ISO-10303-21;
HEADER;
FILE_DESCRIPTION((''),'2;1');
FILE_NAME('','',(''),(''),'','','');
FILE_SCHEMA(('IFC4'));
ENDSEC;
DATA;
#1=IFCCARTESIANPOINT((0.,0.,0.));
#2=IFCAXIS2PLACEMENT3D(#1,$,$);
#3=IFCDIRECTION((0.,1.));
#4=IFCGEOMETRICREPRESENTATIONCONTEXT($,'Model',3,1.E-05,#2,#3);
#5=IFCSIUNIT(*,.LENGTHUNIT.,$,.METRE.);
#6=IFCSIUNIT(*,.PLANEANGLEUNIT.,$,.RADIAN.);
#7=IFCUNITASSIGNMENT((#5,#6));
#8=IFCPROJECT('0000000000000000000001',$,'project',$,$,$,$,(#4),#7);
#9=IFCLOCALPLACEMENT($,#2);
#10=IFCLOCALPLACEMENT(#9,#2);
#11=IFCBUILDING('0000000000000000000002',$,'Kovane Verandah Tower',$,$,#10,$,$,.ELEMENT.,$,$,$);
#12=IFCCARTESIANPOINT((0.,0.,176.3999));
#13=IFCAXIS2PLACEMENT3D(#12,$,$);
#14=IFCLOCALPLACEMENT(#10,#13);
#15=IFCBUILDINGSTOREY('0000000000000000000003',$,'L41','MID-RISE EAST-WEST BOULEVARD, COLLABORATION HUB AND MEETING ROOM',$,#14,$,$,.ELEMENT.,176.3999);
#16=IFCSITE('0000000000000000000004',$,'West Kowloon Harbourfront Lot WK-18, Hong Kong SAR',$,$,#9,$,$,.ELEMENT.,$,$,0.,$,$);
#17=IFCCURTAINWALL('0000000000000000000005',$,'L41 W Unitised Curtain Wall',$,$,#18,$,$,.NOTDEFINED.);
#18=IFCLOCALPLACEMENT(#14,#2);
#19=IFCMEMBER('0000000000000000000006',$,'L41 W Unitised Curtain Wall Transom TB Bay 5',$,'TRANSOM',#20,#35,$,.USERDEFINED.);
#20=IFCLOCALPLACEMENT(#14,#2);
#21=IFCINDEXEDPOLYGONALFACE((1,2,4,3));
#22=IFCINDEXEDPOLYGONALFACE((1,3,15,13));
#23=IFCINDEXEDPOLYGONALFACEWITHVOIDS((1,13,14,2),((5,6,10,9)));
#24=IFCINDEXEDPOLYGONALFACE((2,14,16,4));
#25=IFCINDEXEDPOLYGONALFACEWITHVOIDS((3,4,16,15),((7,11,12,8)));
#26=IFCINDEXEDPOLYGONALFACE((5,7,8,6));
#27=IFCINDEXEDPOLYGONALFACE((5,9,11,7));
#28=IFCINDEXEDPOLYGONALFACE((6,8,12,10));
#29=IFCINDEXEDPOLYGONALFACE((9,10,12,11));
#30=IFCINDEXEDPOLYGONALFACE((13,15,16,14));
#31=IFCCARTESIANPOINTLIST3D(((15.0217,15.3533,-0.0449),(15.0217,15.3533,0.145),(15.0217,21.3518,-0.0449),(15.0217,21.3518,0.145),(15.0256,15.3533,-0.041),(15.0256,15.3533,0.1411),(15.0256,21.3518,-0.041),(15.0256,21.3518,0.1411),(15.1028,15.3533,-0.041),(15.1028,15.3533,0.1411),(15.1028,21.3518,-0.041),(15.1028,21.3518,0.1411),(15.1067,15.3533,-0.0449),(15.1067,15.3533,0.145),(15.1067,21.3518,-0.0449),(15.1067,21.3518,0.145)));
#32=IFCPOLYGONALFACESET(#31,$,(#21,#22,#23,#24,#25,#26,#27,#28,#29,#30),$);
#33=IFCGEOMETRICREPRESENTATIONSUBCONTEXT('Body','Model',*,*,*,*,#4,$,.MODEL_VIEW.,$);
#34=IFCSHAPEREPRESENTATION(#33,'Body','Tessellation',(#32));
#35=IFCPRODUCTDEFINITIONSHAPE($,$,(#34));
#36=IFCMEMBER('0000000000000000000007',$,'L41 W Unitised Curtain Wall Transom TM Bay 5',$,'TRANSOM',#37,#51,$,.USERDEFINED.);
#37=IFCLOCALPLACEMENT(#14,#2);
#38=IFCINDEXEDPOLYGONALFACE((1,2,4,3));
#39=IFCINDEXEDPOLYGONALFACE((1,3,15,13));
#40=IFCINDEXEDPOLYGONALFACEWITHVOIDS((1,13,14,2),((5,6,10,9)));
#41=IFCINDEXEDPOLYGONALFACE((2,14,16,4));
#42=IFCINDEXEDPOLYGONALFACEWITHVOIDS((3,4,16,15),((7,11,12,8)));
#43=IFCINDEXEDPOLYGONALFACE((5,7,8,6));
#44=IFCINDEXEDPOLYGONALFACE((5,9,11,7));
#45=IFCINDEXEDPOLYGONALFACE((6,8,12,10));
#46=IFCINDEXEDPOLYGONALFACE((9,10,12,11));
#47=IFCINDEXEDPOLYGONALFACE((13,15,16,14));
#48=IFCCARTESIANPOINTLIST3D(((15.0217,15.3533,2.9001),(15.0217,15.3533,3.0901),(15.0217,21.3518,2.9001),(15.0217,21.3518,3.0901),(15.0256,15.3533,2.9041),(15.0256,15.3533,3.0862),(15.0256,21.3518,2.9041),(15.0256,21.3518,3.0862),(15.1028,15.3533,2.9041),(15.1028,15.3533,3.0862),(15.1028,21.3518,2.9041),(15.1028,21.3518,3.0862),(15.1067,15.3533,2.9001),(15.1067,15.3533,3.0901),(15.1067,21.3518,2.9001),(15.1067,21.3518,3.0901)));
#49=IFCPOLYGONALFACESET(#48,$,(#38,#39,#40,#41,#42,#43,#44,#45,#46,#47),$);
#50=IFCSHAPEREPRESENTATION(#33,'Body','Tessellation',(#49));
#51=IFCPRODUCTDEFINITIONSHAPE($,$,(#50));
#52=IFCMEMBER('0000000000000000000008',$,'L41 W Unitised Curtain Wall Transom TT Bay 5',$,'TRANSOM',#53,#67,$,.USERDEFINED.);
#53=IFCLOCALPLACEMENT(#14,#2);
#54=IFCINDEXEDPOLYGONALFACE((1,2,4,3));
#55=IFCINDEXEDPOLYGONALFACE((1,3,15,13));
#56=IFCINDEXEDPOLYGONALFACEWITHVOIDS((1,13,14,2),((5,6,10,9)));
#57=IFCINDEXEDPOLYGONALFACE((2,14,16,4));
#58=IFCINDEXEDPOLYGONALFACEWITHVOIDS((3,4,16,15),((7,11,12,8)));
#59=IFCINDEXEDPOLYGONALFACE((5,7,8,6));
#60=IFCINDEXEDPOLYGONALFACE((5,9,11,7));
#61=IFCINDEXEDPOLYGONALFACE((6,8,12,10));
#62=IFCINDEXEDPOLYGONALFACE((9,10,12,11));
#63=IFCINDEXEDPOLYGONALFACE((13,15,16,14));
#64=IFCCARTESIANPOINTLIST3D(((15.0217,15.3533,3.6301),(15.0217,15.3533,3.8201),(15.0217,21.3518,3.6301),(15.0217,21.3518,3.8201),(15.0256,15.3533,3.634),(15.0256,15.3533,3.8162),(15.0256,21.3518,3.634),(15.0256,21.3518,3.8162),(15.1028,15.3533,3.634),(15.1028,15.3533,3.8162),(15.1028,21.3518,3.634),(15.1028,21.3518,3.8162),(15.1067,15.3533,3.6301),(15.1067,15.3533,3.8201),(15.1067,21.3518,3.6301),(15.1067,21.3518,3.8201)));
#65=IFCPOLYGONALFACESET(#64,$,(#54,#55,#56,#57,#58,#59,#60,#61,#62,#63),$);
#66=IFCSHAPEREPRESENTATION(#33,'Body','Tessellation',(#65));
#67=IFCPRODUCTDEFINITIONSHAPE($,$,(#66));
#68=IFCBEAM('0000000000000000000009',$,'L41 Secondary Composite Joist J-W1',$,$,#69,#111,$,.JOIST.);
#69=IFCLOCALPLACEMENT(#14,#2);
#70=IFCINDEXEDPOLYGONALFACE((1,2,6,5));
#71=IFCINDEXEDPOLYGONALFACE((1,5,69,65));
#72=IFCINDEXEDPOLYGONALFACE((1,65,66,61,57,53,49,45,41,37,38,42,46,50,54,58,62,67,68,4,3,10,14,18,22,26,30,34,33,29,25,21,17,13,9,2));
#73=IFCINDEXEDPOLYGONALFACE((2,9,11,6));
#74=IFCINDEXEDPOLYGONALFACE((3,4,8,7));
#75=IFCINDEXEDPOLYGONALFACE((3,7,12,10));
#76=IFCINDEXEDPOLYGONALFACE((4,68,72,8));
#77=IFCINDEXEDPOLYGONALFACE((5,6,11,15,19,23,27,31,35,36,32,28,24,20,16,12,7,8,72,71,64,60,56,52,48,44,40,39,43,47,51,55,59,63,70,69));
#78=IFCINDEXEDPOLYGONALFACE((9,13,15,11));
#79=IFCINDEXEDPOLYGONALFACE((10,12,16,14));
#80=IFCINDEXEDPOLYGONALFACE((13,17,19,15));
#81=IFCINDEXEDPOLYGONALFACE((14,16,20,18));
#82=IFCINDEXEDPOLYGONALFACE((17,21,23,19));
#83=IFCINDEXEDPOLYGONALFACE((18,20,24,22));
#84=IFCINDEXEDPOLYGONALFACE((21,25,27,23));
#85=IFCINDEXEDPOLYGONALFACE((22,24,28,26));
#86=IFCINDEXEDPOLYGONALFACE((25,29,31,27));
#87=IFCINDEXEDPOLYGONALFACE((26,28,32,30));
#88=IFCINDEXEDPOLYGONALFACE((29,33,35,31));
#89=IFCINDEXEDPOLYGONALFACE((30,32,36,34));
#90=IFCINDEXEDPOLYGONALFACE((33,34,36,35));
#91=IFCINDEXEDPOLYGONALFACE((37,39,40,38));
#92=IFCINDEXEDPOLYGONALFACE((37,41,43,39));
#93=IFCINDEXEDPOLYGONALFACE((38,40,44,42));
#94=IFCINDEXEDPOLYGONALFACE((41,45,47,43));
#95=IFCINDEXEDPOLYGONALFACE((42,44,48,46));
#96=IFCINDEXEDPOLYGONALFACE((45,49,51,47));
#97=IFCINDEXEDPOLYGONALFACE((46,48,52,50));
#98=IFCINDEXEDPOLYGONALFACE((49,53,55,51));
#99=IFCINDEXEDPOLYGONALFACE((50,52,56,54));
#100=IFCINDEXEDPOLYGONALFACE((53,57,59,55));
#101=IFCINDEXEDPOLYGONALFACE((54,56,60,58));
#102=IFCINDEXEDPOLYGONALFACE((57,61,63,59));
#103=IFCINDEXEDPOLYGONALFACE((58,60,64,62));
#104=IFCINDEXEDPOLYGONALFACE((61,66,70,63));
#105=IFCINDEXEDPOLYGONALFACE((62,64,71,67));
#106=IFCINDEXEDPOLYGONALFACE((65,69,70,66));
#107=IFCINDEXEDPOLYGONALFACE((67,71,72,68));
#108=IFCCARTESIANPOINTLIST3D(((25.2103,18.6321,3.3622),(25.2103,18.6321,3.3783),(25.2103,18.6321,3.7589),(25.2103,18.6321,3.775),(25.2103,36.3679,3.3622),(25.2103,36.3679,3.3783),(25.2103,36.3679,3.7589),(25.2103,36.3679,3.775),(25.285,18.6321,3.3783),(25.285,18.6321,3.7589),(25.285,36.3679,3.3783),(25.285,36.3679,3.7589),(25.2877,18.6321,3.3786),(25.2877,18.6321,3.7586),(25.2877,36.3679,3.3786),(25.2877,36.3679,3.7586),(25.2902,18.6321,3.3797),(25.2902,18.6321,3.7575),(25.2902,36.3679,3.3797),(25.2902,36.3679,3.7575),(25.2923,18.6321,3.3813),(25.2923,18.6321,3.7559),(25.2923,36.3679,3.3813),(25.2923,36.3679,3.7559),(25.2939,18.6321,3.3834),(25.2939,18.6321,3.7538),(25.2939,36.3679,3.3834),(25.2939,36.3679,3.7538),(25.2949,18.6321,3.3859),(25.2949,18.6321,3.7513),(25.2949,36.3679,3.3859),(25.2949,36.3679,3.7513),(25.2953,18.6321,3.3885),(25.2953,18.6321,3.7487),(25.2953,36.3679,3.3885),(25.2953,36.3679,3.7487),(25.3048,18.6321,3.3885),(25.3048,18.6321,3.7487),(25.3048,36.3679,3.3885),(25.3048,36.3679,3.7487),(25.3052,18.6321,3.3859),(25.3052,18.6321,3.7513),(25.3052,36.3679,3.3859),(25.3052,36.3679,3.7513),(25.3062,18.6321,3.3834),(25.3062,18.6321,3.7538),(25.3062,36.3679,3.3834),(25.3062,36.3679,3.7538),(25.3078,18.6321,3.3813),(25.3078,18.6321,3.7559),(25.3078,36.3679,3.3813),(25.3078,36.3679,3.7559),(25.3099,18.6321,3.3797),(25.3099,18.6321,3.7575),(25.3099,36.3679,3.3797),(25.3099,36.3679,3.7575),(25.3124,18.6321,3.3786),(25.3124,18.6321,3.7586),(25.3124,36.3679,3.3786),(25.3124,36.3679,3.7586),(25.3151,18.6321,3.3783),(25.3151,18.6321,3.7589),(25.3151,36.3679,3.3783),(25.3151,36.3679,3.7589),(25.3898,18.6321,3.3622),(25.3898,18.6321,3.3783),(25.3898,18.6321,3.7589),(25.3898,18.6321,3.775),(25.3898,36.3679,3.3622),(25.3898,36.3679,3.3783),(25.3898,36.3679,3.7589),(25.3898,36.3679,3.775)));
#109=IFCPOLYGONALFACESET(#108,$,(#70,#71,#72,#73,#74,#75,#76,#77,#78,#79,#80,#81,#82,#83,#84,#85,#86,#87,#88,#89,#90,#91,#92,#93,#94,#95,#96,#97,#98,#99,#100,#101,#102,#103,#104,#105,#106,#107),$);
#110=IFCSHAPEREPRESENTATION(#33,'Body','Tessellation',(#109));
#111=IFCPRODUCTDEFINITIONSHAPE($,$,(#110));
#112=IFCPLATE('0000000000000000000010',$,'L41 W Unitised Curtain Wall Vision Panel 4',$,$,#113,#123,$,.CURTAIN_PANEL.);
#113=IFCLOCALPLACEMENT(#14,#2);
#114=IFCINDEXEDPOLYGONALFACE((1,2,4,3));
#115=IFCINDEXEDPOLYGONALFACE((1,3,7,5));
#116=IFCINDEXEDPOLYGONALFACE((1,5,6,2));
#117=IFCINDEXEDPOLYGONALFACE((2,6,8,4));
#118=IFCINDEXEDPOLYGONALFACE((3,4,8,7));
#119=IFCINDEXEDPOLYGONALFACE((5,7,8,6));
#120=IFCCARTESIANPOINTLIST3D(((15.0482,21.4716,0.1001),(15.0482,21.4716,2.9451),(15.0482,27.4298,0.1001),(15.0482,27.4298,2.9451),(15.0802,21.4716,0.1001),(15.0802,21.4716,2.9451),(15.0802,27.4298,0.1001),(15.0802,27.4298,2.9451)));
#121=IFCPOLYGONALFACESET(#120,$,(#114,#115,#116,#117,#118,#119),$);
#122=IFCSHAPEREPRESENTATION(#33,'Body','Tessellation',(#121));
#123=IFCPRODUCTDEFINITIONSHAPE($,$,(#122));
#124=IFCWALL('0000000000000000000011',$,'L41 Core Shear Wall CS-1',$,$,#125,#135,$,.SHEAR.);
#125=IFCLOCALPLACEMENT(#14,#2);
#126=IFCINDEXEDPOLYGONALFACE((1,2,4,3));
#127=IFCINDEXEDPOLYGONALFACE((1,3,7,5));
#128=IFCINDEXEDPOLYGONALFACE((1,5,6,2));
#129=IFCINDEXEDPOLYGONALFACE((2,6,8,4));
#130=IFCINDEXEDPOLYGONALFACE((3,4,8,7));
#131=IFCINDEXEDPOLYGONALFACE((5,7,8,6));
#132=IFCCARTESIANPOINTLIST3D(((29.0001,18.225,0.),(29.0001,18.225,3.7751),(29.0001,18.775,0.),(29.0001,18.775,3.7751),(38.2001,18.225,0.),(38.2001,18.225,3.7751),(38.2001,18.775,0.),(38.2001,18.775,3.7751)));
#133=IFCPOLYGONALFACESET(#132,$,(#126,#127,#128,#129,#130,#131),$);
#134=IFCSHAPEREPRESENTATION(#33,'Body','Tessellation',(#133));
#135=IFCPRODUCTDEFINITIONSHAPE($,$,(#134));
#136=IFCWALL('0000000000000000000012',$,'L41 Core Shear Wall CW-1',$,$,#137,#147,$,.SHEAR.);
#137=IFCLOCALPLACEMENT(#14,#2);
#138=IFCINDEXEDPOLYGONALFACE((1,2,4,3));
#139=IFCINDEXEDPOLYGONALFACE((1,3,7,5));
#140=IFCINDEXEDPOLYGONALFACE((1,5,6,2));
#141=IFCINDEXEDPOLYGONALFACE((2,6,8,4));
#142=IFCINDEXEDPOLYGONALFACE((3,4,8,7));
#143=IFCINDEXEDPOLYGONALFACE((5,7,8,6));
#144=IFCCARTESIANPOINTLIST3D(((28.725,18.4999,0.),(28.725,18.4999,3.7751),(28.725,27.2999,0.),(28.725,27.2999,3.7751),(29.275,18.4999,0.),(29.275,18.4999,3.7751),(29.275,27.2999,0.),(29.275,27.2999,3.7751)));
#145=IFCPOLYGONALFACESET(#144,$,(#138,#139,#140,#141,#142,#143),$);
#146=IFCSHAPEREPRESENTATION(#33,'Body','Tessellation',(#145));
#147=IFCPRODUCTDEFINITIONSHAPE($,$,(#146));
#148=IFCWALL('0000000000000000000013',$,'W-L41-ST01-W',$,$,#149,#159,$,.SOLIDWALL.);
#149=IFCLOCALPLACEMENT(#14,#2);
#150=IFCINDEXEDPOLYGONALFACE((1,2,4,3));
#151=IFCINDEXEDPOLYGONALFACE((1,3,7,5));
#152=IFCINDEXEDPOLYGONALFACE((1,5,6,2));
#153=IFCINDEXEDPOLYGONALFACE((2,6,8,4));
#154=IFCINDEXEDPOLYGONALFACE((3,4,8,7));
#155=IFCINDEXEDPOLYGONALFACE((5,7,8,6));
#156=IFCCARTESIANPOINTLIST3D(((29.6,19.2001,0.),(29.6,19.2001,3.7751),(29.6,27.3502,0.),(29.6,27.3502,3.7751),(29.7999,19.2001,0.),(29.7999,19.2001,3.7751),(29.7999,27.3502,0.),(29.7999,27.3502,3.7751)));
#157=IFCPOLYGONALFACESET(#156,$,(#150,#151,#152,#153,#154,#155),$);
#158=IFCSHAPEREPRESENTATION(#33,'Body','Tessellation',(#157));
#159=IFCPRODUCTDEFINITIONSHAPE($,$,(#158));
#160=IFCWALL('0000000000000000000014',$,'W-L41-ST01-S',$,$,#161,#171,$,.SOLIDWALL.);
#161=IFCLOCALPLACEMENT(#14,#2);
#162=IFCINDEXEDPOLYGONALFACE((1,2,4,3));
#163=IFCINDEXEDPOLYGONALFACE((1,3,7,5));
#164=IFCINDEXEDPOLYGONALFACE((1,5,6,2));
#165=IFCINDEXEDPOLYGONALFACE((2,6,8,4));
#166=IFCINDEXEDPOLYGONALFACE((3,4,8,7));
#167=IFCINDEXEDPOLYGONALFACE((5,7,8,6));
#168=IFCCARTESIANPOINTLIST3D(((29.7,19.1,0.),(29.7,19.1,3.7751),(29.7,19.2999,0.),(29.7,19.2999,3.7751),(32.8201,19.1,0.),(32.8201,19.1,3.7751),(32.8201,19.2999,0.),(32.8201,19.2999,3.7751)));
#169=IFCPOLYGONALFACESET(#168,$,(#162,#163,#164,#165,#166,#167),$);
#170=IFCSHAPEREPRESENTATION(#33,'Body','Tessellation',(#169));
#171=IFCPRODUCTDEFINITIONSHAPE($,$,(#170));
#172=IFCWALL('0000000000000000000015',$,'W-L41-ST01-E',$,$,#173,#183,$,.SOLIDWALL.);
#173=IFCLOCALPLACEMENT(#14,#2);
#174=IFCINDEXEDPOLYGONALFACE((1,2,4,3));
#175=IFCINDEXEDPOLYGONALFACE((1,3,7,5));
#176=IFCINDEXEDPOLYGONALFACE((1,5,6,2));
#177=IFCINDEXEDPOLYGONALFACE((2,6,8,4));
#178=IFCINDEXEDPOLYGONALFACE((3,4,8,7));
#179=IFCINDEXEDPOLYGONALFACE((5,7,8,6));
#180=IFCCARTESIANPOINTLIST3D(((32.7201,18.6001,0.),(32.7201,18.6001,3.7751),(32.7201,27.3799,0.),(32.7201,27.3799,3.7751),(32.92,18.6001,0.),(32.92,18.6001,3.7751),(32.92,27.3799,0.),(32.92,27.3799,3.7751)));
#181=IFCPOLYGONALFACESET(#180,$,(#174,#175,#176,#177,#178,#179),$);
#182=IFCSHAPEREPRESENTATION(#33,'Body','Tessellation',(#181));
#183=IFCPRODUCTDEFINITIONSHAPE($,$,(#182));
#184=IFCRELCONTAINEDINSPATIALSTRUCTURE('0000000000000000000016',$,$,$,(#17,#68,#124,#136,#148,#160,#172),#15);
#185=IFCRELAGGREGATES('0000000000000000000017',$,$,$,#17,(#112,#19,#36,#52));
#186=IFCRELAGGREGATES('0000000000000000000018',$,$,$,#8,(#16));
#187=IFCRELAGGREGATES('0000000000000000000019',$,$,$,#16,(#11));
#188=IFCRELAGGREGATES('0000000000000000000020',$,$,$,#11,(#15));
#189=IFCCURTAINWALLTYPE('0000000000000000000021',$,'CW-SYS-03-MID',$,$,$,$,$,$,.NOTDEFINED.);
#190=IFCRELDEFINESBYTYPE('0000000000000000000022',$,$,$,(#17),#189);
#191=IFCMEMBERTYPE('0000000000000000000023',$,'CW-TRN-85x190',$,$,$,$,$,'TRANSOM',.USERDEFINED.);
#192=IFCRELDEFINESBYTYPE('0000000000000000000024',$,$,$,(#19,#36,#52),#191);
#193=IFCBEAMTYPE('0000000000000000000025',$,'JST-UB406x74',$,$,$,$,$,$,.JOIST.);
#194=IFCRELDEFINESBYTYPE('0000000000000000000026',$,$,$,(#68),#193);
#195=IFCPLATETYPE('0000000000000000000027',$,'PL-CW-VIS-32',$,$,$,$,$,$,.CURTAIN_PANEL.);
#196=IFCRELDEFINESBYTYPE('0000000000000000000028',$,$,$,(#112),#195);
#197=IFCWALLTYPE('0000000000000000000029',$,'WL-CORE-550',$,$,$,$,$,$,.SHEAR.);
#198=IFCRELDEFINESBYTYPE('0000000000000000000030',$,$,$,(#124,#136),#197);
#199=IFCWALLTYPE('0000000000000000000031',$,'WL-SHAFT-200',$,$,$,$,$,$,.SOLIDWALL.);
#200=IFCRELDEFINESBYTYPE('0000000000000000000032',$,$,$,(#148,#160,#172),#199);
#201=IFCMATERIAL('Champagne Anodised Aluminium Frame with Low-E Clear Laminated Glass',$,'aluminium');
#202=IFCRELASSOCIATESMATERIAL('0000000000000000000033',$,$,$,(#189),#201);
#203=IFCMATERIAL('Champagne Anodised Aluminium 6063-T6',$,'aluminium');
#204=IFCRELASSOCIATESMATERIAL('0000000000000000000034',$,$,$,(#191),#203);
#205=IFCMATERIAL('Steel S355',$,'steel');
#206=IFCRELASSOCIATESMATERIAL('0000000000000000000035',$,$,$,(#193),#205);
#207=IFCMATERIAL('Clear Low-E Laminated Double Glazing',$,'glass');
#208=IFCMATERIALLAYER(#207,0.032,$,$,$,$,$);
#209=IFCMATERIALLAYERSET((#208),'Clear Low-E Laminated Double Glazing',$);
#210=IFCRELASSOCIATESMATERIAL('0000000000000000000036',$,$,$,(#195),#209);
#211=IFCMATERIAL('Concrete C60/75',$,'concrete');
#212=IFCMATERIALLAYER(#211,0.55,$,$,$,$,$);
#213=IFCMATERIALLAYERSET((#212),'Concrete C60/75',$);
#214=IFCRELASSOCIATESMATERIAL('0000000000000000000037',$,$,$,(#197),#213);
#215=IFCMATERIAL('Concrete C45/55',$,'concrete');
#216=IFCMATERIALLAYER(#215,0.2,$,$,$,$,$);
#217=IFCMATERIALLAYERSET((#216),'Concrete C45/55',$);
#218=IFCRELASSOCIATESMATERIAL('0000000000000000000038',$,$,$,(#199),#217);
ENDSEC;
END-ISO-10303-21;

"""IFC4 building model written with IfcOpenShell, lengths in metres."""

from ifc_helpers import new_model, si_unit, direction, frame, frame_2d, origin, origin_2d, place, context, subcontext, project, spatial, rectangle, hollow_rectangle, i_section, extrude, material, layer, layer_set, material_profile, profile_set, type_object, element, aggregate, save


model = new_model("IFC4")

# Units and contexts
model_context = context("Model", 3, precision=1e-05, world=origin(), true_north=direction((0.0, 1.0)))
body_context = subcontext(model_context, "Body", "Model", "MODEL_VIEW")
ifc_project = project(units=[si_unit("LENGTHUNIT", "METRE"), si_unit("PLANEANGLEUNIT", "RADIAN")], contexts=[model_context])

# Site, building, storey
site_placement = place(None, origin())
site = spatial("IfcSite", under=ifc_project, at=site_placement, Name="West Kowloon Harbourfront Lot WK-18, Hong Kong SAR", CompositionType="ELEMENT", RefElevation=0.0)
building_placement = place(site_placement, origin())
building = spatial("IfcBuilding", under=site, at=building_placement, Name="Kovane Verandah Tower", CompositionType="ELEMENT")
storey_placement = place(building_placement, frame((0.0, 0.0, 176.3999)))
storey = spatial("IfcBuildingStorey", under=building, at=storey_placement, Name="L41", Description="MID-RISE EAST-WEST BOULEVARD, COLLABORATION HUB AND MEETING ROOM", CompositionType="ELEMENT", Elevation=176.3999)

# Shared definitions
ifc_material_1 = material(Name="Steel S355", Category="steel")

# Curtain wall, members
ifc_material_2 = material(Name="Champagne Anodised Aluminium Frame with Low-E Clear Laminated Glass", Category="aluminium")
curtain_wall_type = type_object("IfcCurtainWallType", Name="CW-SYS-03-MID", PredefinedType="NOTDEFINED", material=ifc_material_2)
curtain_wall_placement = place(storey_placement, origin())
curtain_wall = element("IfcCurtainWall", 1, at=curtain_wall_placement, inside=storey, type_object=curtain_wall_type, Name="L41 W Unitised Curtain Wall", PredefinedType="NOTDEFINED")
ifc_material_3 = material(Name="Champagne Anodised Aluminium 6063-T6", Category="aluminium")
ifc_material_profile_1 = material_profile(ifc_material_3, hollow_rectangle(XDim=0.085, YDim=0.1899, WallThickness=0.0039, at=origin_2d()), Name="AL85x190x4")
ifc_profile_set_1 = profile_set([ifc_material_profile_1], Name="Champagne Anodised Aluminium 6063-T6")
member_type_1 = type_object("IfcMemberType", Name="CW-TRN-85x190", ElementType="TRANSOM", PredefinedType="USERDEFINED", material=ifc_profile_set_1)
member_1_placement = place(storey_placement, frame((15.0642, 21.3518, 0.05), z_axis=(0.0, -1.0, 0.0), x_axis=(1.0, 0.0, 0.0)))
member_1 = element("IfcMember", 2, at=member_1_placement, type_object=member_type_1, Name="L41 W Unitised Curtain Wall Transom TB Bay 5", ObjectType="TRANSOM", PredefinedType="USERDEFINED", context=body_context, shape_type="SweptSolid", body=[
    extrude(hollow_rectangle(XDim=0.085, YDim=0.1899, WallThickness=0.0039, at=origin_2d()), origin(), (0.0, 0.0, 1.0), 5.9985),
])
member_2_placement = place(storey_placement, frame((15.0642, 21.3518, 2.9951), z_axis=(0.0, -1.0, 0.0), x_axis=(1.0, 0.0, 0.0)))
member_2 = element("IfcMember", 3, at=member_2_placement, type_object=member_type_1, Name="L41 W Unitised Curtain Wall Transom TM Bay 5", ObjectType="TRANSOM", PredefinedType="USERDEFINED", context=body_context, shape_type="SweptSolid", body=[
    extrude(hollow_rectangle(XDim=0.085, YDim=0.1899, WallThickness=0.0039, at=origin_2d()), origin(), (0.0, 0.0, 1.0), 5.9985),
])
member_3_placement = place(storey_placement, frame((15.0642, 21.3518, 3.7251), z_axis=(0.0, -1.0, 0.0), x_axis=(1.0, 0.0, 0.0)))
member_3 = element("IfcMember", 4, at=member_3_placement, type_object=member_type_1, Name="L41 W Unitised Curtain Wall Transom TT Bay 5", ObjectType="TRANSOM", PredefinedType="USERDEFINED", context=body_context, shape_type="SweptSolid", body=[
    extrude(hollow_rectangle(XDim=0.085, YDim=0.1899, WallThickness=0.0039, at=origin_2d()), origin(), (0.0, 0.0, 1.0), 5.9985),
])

# Beam
ifc_material_profile_2 = material_profile(ifc_material_1, i_section(OverallWidth=0.1794, OverallDepth=0.4128, WebThickness=0.0095, FlangeThickness=0.0161, FilletRadius=0.0103, at=origin_2d()), Name="UB406x178x74")
ifc_profile_set_2 = profile_set([ifc_material_profile_2], Name="Steel S355")
beam_type_1 = type_object("IfcBeamType", Name="JST-UB406x74", PredefinedType="JOIST", material=ifc_profile_set_2)
beam_1_placement = place(storey_placement, frame((25.3, 18.6321, 3.5686), z_axis=(0.0, 1.0, 0.0), x_axis=(-1.0, 0.0, 0.0)))
element("IfcBeam", 5, at=beam_1_placement, inside=storey, type_object=beam_type_1, Name="L41 Secondary Composite Joist J-W1", PredefinedType="JOIST", context=body_context, shape_type="SweptSolid", body=[
    extrude(i_section(OverallWidth=0.1794, OverallDepth=0.4128, WebThickness=0.0095, FlangeThickness=0.0161, FilletRadius=0.0103, at=origin_2d()), origin(), (0.0, 0.0, 1.0), 17.7358),
])

# Plate
ifc_material_4 = material(Name="Clear Low-E Laminated Double Glazing", Category="glass")
ifc_layer_1 = layer(ifc_material_4, 0.032)
ifc_layer_set_1 = layer_set([ifc_layer_1], Name="Clear Low-E Laminated Double Glazing")
plate_type = type_object("IfcPlateType", Name="PL-CW-VIS-32", PredefinedType="CURTAIN_PANEL", material=ifc_layer_set_1)
plate_placement = place(storey_placement, frame((15.0642, 24.4507, 0.1001), z_axis=(0.0, 0.0, 1.0), x_axis=(0.0, -1.0, 0.0)))
plate = element("IfcPlate", 6, at=plate_placement, type_object=plate_type, Name="L41 W Unitised Curtain Wall Vision Panel 4", PredefinedType="CURTAIN_PANEL", context=body_context, shape_type="SweptSolid", body=[
    extrude(rectangle(XDim=5.9583, YDim=0.032, at=origin_2d()), origin(), (0.0, 0.0, 1.0), 2.845),
])
aggregate(curtain_wall, [plate, member_1, member_2, member_3])

# Walls
ifc_material_5 = material(Name="Concrete C60/75", Category="concrete")
ifc_layer_2 = layer(ifc_material_5, 0.55)
ifc_layer_set_2 = layer_set([ifc_layer_2], Name="Concrete C60/75")
wall_type_1 = type_object("IfcWallType", Name="WL-CORE-550", PredefinedType="SHEAR", material=ifc_layer_set_2)
wall_1_placement = place(storey_placement, frame((29.0, 18.5, 0.0), z_axis=(0.0, 0.0, 1.0), x_axis=(1.0, 0.0, 0.0)))
element("IfcWall", 7, at=wall_1_placement, inside=storey, type_object=wall_type_1, Name="L41 Core Shear Wall CS-1", PredefinedType="SHEAR", context=body_context, shape_type="SweptSolid", body=[
    extrude(rectangle(XDim=9.2, YDim=0.55, at=frame_2d((4.6001, 0.0))), origin(), (0.0, 0.0, 1.0), 3.7751),
])
wall_2_placement = place(storey_placement, frame((29.0, 18.5, 0.0), z_axis=(0.0, 0.0, 1.0), x_axis=(0.0, 1.0, 0.0)))
element("IfcWall", 8, at=wall_2_placement, inside=storey, type_object=wall_type_1, Name="L41 Core Shear Wall CW-1", PredefinedType="SHEAR", context=body_context, shape_type="SweptSolid", body=[
    extrude(rectangle(XDim=8.8, YDim=0.55, at=frame_2d((4.3999, 0.0))), origin(), (0.0, 0.0, 1.0), 3.7751),
])
ifc_material_6 = material(Name="Concrete C45/55", Category="concrete")
ifc_layer_3 = layer(ifc_material_6, 0.2)
ifc_layer_set_3 = layer_set([ifc_layer_3], Name="Concrete C45/55")
wall_type_2 = type_object("IfcWallType", Name="WL-SHAFT-200", PredefinedType="SOLIDWALL", material=ifc_layer_set_3)
wall_3_placement = place(storey_placement, frame((29.7, 19.2, 0.0), z_axis=(0.0, 0.0, 1.0), x_axis=(0.0, 1.0, 0.0)))
element("IfcWall", 9, at=wall_3_placement, inside=storey, type_object=wall_type_2, Name="W-L41-ST01-W", PredefinedType="SOLIDWALL", context=body_context, shape_type="SweptSolid", body=[
    extrude(rectangle(XDim=8.1501, YDim=0.2, at=frame_2d((4.0752, 0.0))), origin(), (0.0, 0.0, 1.0), 3.7751),
])
wall_4_placement = place(storey_placement, frame((29.7, 19.2, 0.0), z_axis=(0.0, 0.0, 1.0), x_axis=(1.0, 0.0, 0.0)))
element("IfcWall", 10, at=wall_4_placement, inside=storey, type_object=wall_type_2, Name="W-L41-ST01-S", PredefinedType="SOLIDWALL", context=body_context, shape_type="SweptSolid", body=[
    extrude(rectangle(XDim=3.1201, YDim=0.2, at=frame_2d((1.5601, 0.0))), origin(), (0.0, 0.0, 1.0), 3.7751),
])
wall_5_placement = place(storey_placement, frame((32.8201, 18.6001, 0.0), z_axis=(0.0, 0.0, 1.0), x_axis=(0.0, 1.0, 0.0)))
element("IfcWall", 11, at=wall_5_placement, inside=storey, type_object=wall_type_2, Name="W-L41-ST01-E", PredefinedType="SOLIDWALL", context=body_context, shape_type="SweptSolid", body=[
    extrude(rectangle(XDim=8.7798, YDim=0.2, at=frame_2d((4.3899, 0.0))), origin(), (0.0, 0.0, 1.0), 3.7751),
])

save(model, "model.ifc")
